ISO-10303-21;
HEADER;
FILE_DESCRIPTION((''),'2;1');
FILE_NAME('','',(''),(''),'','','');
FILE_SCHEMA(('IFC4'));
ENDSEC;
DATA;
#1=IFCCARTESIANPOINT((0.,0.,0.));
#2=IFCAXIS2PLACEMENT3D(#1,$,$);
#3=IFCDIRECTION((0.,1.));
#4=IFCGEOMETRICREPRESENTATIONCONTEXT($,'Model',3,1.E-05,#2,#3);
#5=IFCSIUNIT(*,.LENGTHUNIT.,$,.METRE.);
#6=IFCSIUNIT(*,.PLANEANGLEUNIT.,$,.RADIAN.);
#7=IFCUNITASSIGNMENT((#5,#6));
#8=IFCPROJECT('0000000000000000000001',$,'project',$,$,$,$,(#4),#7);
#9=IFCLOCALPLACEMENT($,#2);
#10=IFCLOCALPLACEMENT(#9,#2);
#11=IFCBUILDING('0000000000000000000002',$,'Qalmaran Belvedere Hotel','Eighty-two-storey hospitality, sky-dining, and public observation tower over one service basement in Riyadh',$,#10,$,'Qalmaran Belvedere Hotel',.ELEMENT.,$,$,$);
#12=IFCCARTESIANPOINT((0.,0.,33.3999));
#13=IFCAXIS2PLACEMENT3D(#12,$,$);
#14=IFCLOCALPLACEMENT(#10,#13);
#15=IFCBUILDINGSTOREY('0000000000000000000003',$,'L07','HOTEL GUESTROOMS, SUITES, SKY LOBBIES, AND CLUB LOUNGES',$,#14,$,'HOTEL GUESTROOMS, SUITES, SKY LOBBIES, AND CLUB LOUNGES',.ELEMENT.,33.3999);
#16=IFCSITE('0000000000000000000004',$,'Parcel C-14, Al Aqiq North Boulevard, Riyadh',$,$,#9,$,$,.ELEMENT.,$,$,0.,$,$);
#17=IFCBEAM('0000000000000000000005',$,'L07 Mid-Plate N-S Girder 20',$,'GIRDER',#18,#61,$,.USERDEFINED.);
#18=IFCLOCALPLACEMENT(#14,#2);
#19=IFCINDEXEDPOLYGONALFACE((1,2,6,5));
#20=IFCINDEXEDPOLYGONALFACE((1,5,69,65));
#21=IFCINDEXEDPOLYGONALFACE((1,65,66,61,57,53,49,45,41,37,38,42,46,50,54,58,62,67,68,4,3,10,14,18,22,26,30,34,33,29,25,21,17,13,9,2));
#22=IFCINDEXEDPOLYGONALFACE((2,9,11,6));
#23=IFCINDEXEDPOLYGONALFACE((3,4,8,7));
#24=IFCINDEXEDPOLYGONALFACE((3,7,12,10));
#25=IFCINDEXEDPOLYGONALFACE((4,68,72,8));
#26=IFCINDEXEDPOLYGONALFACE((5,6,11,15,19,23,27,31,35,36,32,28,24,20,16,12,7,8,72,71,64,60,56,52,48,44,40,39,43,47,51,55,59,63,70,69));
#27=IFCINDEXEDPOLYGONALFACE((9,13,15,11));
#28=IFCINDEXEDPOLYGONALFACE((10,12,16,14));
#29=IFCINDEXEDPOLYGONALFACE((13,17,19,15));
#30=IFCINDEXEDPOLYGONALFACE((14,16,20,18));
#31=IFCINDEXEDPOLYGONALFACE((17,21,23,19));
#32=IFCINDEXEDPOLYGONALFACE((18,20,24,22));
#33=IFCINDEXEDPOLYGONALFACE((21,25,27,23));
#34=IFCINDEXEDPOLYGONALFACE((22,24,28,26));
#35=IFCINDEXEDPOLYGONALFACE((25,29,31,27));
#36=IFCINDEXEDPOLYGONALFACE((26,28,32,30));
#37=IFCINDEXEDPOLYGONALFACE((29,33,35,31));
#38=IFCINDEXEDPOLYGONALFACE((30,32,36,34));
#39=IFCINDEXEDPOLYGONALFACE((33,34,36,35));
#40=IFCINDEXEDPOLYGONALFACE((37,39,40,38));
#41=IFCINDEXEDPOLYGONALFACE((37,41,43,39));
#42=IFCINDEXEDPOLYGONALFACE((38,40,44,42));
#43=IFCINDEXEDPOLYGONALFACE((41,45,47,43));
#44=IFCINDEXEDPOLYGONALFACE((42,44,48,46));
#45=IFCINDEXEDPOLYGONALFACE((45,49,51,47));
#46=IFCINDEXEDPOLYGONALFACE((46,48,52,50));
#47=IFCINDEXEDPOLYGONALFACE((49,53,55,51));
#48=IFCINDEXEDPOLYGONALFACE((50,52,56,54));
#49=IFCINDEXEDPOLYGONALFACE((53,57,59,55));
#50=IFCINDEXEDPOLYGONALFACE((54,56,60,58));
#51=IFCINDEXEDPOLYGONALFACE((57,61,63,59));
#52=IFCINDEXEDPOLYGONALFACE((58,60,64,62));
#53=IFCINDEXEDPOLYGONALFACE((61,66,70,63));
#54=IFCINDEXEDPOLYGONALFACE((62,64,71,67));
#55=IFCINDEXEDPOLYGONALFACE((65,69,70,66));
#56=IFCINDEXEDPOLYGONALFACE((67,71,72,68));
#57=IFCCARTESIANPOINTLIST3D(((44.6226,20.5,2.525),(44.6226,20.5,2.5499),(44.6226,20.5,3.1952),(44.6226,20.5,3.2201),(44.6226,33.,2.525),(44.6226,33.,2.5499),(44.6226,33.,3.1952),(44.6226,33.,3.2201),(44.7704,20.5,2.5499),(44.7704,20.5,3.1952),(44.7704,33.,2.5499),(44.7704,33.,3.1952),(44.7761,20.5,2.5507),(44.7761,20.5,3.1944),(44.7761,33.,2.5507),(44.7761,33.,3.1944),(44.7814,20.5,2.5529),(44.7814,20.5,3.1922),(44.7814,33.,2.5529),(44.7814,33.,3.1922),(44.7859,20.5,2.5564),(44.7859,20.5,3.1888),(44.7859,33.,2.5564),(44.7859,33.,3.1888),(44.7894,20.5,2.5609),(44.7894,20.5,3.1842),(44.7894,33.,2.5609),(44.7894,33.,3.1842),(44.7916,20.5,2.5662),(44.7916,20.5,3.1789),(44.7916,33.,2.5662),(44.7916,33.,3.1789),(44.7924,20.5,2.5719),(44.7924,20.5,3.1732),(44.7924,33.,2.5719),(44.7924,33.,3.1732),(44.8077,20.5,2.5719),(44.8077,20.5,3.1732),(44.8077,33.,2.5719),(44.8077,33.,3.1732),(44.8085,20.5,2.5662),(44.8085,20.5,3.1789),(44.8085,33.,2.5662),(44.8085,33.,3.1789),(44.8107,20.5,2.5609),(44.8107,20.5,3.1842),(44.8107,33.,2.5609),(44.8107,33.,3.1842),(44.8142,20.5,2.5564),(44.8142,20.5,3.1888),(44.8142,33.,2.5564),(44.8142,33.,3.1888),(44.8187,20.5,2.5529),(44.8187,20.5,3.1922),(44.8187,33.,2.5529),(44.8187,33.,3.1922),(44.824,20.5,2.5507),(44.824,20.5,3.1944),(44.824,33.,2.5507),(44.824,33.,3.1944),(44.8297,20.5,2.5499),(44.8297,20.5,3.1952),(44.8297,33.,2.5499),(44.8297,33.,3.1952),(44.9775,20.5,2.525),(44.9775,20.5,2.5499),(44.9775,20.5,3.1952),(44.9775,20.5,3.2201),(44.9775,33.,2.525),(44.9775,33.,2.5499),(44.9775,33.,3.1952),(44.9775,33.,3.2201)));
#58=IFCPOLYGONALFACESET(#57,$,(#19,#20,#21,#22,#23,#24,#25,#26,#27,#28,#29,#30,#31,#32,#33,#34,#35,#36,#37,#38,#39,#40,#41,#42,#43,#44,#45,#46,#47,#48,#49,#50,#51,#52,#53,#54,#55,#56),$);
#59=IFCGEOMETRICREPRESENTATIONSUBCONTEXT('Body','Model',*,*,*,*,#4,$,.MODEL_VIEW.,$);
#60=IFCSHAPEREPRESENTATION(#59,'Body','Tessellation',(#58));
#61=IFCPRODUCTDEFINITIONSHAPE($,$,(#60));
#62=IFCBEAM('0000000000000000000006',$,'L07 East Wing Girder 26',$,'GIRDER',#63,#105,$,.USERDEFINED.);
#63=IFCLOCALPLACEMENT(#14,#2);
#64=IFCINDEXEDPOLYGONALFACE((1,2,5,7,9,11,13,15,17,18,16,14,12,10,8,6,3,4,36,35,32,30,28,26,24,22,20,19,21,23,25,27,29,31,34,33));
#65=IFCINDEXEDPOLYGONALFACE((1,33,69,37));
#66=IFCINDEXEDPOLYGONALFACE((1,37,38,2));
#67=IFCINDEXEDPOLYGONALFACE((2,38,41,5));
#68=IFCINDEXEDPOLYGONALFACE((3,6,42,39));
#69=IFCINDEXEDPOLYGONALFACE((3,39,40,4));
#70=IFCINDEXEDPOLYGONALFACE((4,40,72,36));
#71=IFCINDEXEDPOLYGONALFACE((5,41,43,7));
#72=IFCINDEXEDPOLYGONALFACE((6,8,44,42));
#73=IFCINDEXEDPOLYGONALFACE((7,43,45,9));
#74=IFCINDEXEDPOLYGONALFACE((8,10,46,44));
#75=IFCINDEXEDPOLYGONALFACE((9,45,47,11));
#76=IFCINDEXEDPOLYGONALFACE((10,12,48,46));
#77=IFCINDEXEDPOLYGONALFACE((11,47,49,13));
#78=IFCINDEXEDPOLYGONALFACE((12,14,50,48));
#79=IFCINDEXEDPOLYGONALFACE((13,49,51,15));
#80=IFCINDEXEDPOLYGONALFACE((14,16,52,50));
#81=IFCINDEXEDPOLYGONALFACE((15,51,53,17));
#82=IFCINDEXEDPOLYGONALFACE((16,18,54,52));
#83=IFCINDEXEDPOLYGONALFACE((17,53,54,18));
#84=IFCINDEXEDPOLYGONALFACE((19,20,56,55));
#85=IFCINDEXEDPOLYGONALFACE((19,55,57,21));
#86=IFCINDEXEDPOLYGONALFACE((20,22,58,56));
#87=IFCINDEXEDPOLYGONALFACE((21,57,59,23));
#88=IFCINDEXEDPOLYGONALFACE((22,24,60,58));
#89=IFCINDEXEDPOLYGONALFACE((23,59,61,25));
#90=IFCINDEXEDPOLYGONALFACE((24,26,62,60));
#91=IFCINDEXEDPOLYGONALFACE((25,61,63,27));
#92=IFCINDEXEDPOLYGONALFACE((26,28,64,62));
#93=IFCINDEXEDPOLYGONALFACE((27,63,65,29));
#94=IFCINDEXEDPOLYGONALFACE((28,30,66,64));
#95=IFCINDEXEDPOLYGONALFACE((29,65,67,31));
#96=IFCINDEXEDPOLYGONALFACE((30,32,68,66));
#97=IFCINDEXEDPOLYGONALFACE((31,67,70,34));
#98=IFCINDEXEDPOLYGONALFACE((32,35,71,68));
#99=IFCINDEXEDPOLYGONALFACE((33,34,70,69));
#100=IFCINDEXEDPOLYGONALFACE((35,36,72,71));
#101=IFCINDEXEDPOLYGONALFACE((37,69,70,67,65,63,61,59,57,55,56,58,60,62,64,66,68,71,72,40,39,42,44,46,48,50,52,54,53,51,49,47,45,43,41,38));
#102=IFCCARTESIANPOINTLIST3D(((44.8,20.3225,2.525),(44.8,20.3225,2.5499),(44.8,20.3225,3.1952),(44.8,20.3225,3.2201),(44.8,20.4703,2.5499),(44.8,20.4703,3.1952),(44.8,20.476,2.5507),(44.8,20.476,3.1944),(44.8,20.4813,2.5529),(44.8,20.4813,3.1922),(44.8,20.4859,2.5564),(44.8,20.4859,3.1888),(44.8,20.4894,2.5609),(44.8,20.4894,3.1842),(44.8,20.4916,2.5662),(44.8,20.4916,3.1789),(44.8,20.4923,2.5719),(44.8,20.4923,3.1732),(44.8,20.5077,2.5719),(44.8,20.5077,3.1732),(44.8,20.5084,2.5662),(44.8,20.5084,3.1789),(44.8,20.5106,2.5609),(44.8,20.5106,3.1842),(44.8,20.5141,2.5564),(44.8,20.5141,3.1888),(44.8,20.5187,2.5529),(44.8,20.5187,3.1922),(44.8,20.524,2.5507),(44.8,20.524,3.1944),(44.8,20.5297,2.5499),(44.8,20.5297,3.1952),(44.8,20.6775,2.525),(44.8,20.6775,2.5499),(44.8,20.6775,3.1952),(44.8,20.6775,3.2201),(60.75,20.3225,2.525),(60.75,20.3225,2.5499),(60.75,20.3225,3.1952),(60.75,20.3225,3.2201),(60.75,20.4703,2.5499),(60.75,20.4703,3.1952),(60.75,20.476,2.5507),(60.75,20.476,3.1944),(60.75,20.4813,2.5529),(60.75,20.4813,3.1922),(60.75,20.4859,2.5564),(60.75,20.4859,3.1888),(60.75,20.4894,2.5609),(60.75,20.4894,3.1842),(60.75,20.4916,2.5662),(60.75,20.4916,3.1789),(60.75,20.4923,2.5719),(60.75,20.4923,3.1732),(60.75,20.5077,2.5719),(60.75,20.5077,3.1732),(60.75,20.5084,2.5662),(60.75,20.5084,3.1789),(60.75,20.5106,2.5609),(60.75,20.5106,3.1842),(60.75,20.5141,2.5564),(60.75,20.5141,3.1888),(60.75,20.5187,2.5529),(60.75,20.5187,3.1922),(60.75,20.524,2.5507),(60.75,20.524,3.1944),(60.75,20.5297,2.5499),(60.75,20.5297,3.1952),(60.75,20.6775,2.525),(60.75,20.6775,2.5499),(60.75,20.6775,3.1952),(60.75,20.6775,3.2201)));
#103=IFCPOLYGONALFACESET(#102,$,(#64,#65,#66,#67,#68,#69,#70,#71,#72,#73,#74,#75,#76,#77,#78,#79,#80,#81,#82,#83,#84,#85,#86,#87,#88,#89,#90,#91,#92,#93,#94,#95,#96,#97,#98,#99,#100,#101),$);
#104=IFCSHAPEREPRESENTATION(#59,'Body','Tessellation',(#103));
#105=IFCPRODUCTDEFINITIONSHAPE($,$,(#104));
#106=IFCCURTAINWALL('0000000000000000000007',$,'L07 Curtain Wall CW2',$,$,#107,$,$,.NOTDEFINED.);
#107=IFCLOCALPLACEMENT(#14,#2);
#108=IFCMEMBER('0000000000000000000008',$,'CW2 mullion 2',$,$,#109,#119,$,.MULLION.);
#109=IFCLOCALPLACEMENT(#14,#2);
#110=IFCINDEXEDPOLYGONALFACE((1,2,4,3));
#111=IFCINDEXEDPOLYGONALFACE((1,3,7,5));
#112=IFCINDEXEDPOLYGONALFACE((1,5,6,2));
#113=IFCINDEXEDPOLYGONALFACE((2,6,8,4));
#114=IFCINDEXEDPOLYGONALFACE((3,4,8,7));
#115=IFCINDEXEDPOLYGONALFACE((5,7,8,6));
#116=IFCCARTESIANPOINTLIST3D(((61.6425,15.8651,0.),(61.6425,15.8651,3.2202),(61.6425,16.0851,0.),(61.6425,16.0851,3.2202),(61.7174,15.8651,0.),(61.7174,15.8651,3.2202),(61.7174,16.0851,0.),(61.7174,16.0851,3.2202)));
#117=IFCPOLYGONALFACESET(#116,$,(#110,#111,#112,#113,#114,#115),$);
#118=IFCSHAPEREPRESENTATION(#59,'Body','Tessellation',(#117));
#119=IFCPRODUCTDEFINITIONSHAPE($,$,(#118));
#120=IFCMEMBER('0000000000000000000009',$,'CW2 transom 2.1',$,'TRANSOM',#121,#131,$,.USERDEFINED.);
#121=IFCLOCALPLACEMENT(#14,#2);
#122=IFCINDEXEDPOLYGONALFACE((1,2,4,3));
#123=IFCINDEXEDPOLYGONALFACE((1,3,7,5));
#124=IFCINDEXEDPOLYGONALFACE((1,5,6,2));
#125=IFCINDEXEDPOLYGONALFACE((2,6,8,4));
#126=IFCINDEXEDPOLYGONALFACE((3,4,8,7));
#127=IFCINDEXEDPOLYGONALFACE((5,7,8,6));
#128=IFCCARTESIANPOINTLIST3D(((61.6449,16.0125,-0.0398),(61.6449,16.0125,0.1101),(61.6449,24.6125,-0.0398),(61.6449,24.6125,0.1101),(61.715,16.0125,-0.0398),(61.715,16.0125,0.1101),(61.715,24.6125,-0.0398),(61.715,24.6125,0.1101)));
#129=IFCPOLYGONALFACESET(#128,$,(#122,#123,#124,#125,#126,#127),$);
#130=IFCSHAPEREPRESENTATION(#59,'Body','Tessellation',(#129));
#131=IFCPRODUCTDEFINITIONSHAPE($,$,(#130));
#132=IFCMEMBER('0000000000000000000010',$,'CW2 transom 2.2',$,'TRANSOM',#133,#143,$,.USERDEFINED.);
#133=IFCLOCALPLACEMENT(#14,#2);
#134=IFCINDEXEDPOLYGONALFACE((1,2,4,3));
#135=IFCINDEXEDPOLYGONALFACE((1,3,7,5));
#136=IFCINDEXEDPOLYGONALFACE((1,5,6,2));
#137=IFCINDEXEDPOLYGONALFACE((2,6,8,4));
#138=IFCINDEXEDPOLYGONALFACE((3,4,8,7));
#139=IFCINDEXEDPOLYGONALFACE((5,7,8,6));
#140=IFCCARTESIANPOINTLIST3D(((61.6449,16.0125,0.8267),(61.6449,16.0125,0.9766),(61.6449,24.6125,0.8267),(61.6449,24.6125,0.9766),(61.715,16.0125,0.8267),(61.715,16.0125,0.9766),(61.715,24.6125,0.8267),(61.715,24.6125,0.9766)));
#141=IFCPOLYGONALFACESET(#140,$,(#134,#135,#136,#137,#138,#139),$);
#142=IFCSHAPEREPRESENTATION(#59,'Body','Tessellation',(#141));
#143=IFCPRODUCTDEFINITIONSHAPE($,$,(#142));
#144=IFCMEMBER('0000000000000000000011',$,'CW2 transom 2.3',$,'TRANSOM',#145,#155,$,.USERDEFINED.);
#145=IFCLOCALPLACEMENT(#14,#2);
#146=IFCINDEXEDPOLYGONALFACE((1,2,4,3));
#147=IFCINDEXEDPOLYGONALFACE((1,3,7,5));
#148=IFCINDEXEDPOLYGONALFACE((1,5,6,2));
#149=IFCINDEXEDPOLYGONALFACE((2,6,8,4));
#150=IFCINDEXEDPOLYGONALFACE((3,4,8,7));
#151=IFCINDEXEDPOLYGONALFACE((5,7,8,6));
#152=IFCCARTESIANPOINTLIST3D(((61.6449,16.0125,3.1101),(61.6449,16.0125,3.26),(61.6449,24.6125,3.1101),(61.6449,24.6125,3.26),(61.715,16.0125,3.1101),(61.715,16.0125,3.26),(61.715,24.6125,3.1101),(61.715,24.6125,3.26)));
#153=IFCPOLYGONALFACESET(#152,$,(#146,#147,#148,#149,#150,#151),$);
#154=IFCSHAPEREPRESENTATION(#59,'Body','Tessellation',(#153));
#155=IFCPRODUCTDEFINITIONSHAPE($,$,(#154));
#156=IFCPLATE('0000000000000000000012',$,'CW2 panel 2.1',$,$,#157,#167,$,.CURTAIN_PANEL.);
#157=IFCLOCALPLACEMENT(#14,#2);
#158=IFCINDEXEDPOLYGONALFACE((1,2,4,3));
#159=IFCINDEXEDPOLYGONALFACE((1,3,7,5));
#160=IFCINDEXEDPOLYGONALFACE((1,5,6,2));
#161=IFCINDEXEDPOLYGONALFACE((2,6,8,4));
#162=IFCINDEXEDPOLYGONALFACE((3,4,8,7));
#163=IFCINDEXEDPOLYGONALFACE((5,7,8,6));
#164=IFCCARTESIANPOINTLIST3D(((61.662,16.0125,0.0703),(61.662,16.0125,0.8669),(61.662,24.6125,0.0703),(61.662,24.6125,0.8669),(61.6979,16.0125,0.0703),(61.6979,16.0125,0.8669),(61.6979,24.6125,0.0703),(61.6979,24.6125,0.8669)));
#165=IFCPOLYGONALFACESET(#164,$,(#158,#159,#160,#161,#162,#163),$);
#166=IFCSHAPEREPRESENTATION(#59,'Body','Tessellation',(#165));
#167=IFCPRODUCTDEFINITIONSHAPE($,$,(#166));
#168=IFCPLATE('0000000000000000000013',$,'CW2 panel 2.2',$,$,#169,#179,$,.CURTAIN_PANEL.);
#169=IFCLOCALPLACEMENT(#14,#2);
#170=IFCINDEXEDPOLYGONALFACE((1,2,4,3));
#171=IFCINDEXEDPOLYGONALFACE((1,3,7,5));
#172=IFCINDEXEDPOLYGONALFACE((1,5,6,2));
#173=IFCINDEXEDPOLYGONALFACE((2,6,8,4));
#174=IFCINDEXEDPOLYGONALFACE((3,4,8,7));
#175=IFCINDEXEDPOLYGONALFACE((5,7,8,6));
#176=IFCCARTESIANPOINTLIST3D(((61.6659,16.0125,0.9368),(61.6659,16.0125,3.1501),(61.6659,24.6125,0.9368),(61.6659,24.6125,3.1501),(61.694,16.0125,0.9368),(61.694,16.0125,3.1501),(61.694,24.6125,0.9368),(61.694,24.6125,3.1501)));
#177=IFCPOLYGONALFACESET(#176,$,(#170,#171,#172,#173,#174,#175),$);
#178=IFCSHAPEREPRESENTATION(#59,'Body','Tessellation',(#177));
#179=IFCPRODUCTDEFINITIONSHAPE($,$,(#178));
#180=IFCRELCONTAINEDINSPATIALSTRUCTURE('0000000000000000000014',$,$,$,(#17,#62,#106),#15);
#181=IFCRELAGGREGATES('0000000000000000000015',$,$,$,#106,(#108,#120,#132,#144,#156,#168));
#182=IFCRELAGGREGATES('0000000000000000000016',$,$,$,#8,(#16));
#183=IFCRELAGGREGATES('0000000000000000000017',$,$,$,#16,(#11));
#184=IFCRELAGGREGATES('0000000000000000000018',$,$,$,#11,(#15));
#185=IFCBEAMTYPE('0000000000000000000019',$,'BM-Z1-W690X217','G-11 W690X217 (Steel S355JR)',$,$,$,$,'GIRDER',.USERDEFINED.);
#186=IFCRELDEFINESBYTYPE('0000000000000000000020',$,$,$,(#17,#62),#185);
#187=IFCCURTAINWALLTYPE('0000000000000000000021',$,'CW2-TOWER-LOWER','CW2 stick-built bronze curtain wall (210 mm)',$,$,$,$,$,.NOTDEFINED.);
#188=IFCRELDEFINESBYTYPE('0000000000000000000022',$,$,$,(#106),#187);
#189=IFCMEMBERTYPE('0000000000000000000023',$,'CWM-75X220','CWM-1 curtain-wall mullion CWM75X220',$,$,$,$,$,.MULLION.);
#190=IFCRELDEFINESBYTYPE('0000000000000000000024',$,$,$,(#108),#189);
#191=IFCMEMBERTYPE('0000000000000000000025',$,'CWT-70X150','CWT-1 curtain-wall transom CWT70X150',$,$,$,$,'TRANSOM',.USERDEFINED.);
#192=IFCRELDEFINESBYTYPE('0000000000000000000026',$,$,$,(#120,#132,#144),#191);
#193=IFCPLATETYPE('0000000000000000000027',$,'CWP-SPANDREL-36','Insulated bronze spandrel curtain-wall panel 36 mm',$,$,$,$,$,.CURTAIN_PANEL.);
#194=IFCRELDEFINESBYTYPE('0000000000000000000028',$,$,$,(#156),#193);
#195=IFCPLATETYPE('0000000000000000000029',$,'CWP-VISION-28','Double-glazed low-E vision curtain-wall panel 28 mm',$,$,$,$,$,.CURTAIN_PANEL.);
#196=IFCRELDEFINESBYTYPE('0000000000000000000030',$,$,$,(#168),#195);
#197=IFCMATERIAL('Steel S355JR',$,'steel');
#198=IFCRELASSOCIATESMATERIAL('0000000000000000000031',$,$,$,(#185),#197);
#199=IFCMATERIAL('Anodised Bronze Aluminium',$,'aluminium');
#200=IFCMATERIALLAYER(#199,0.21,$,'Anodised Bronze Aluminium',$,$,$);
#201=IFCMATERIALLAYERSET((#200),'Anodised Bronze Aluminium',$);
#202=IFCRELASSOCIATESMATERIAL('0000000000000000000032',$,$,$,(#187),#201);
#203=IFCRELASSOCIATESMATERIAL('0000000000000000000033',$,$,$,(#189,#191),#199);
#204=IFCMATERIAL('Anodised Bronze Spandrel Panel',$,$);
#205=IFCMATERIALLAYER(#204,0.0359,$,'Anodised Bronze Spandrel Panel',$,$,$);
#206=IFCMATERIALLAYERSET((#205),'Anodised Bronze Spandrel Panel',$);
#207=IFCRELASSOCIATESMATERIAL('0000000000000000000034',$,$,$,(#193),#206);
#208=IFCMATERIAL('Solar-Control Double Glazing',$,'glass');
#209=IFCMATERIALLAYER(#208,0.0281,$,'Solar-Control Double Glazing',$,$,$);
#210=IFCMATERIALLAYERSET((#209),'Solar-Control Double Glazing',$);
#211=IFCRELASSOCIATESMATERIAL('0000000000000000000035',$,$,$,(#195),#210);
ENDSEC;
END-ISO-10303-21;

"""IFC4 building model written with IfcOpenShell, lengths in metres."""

from ifc_helpers import new_model, si_unit, direction, frame, origin, origin_2d, place, context, subcontext, project, spatial, rectangle, i_section, extrude, material, layer, layer_set, material_profile, profile_set, type_object, element, aggregate, save


model = new_model("IFC4")

# Units and contexts
model_context = context("Model", 3, precision=1e-05, world=origin(), true_north=direction((0.0, 1.0)))
body_context = subcontext(model_context, "Body", "Model", "MODEL_VIEW")
ifc_project = project(units=[si_unit("LENGTHUNIT", "METRE"), si_unit("PLANEANGLEUNIT", "RADIAN")], contexts=[model_context])

# Site, building, storey
site_placement = place(None, origin())
site = spatial("IfcSite", under=ifc_project, at=site_placement, Name="Parcel C-14, Al Aqiq North Boulevard, Riyadh", CompositionType="ELEMENT", RefElevation=0.0)
building_placement = place(site_placement, origin())
building = spatial("IfcBuilding", under=site, at=building_placement, Name="Qalmaran Belvedere Hotel", Description="Eighty-two-storey hospitality, sky-dining, and public observation tower over one service basement in Riyadh", LongName="Qalmaran Belvedere Hotel", CompositionType="ELEMENT")
storey_placement = place(building_placement, frame((0.0, 0.0, 33.3999)))
storey = spatial("IfcBuildingStorey", under=building, at=storey_placement, Name="L07", Description="HOTEL GUESTROOMS, SUITES, SKY LOBBIES, AND CLUB LOUNGES", LongName="HOTEL GUESTROOMS, SUITES, SKY LOBBIES, AND CLUB LOUNGES", CompositionType="ELEMENT", Elevation=33.3999)

# Beams
ifc_material_1 = material(Name="Steel S355JR", Category="steel")
ifc_material_profile_1 = material_profile(ifc_material_1, i_section(OverallWidth=0.355, OverallDepth=0.6951, WebThickness=0.0154, FlangeThickness=0.0249, FilletRadius=0.022, at=origin_2d()), Name="W690X217")
ifc_profile_set_1 = profile_set([ifc_material_profile_1], Name="Steel S355JR")
beam_type_1 = type_object("IfcBeamType", Name="BM-Z1-W690X217", Description="G-11 W690X217 (Steel S355JR)", ElementType="GIRDER", PredefinedType="USERDEFINED", material=ifc_profile_set_1)
beam_1_placement = place(storey_placement, frame((44.8, 20.5, 2.8726), z_axis=(0.0, 1.0, 0.0), x_axis=(-1.0, 0.0, 0.0)))
element("IfcBeam", 1, at=beam_1_placement, inside=storey, type_object=beam_type_1, Name="L07 Mid-Plate N-S Girder 20", ObjectType="GIRDER", PredefinedType="USERDEFINED", context=body_context, shape_type="SweptSolid", body=[
    extrude(i_section(OverallWidth=0.355, OverallDepth=0.6951, WebThickness=0.0154, FlangeThickness=0.0249, FilletRadius=0.022, at=origin_2d()), origin(), (0.0, 0.0, 1.0), 12.5),
])
beam_2_placement = place(storey_placement, frame((44.8, 20.5, 2.8726), z_axis=(1.0, 0.0, 0.0), x_axis=(0.0, 1.0, 0.0)))
element("IfcBeam", 2, at=beam_2_placement, inside=storey, type_object=beam_type_1, Name="L07 East Wing Girder 26", ObjectType="GIRDER", PredefinedType="USERDEFINED", context=body_context, shape_type="SweptSolid", body=[
    extrude(i_section(OverallWidth=0.355, OverallDepth=0.6951, WebThickness=0.0154, FlangeThickness=0.0249, FilletRadius=0.022, at=origin_2d()), origin(), (0.0, 0.0, 1.0), 15.95),
])

# Curtain wall, members, plates
ifc_material_2 = material(Name="Anodised Bronze Aluminium", Category="aluminium")
ifc_layer_1 = layer(ifc_material_2, 0.21, Name="Anodised Bronze Aluminium")
ifc_layer_set_1 = layer_set([ifc_layer_1], Name="Anodised Bronze Aluminium")
curtain_wall_type = type_object("IfcCurtainWallType", Name="CW2-TOWER-LOWER", Description="CW2 stick-built bronze curtain wall (210 mm)", PredefinedType="NOTDEFINED", material=ifc_layer_set_1)
curtain_wall_placement = place(storey_placement, origin())
curtain_wall = element("IfcCurtainWall", 3, at=curtain_wall_placement, inside=storey, type_object=curtain_wall_type, Name="L07 Curtain Wall CW2", PredefinedType="NOTDEFINED")
ifc_material_profile_2 = material_profile(ifc_material_2, rectangle(XDim=0.075, YDim=0.22, at=origin_2d()), Name="CWM75X220")
ifc_profile_set_2 = profile_set([ifc_material_profile_2], Name="Anodised Bronze Aluminium")
member_type_1 = type_object("IfcMemberType", Name="CWM-75X220", Description="CWM-1 curtain-wall mullion CWM75X220", PredefinedType="MULLION", material=ifc_profile_set_2)
member_1_placement = place(storey_placement, frame((61.6799, 15.9751, 0.0), z_axis=(0.0, 0.0, 1.0), x_axis=(-1.0, 0.0, 0.0)))
member_1 = element("IfcMember", 4, at=member_1_placement, type_object=member_type_1, Name="CW2 mullion 2", PredefinedType="MULLION", context=body_context, shape_type="SweptSolid", body=[
    extrude(rectangle(XDim=0.075, YDim=0.22, at=origin_2d()), origin(), (0.0, 0.0, 1.0), 3.2202),
])
ifc_material_profile_3 = material_profile(ifc_material_2, rectangle(XDim=0.0701, YDim=0.1499, at=origin_2d()), Name="CWT70X150")
ifc_profile_set_3 = profile_set([ifc_material_profile_3], Name="Anodised Bronze Aluminium")
member_type_2 = type_object("IfcMemberType", Name="CWT-70X150", Description="CWT-1 curtain-wall transom CWT70X150", ElementType="TRANSOM", PredefinedType="USERDEFINED", material=ifc_profile_set_3)
member_2_placement = place(storey_placement, frame((61.6799, 16.0125, 0.0352), z_axis=(0.0, 1.0, 0.0), x_axis=(-1.0, 0.0, 0.0)))
member_2 = element("IfcMember", 5, at=member_2_placement, type_object=member_type_2, Name="CW2 transom 2.1", ObjectType="TRANSOM", PredefinedType="USERDEFINED", context=body_context, shape_type="SweptSolid", body=[
    extrude(rectangle(XDim=0.0701, YDim=0.1499, at=origin_2d()), origin(), (0.0, 0.0, 1.0), 8.6001),
])
member_3_placement = place(storey_placement, frame((61.6799, 16.0125, 0.9016), z_axis=(0.0, 1.0, 0.0), x_axis=(-1.0, 0.0, 0.0)))
member_3 = element("IfcMember", 6, at=member_3_placement, type_object=member_type_2, Name="CW2 transom 2.2", ObjectType="TRANSOM", PredefinedType="USERDEFINED", context=body_context, shape_type="SweptSolid", body=[
    extrude(rectangle(XDim=0.0701, YDim=0.1499, at=origin_2d()), origin(), (0.0, 0.0, 1.0), 8.6001),
])
member_4_placement = place(storey_placement, frame((61.6799, 16.0125, 3.1851), z_axis=(0.0, 1.0, 0.0), x_axis=(-1.0, 0.0, 0.0)))
member_4 = element("IfcMember", 7, at=member_4_placement, type_object=member_type_2, Name="CW2 transom 2.3", ObjectType="TRANSOM", PredefinedType="USERDEFINED", context=body_context, shape_type="SweptSolid", body=[
    extrude(rectangle(XDim=0.0701, YDim=0.1499, at=origin_2d()), origin(), (0.0, 0.0, 1.0), 8.6001),
])
ifc_material_3 = material(Name="Anodised Bronze Spandrel Panel")
ifc_layer_2 = layer(ifc_material_3, 0.0359, Name="Anodised Bronze Spandrel Panel")
ifc_layer_set_2 = layer_set([ifc_layer_2], Name="Anodised Bronze Spandrel Panel")
plate_type_1 = type_object("IfcPlateType", Name="CWP-SPANDREL-36", Description="Insulated bronze spandrel curtain-wall panel 36 mm", PredefinedType="CURTAIN_PANEL", material=ifc_layer_set_2)
plate_1_placement = place(storey_placement, frame((61.6799, 20.3125, 0.0703), z_axis=(0.0, 0.0, 1.0), x_axis=(0.0, 1.0, 0.0)))
plate_1 = element("IfcPlate", 8, at=plate_1_placement, type_object=plate_type_1, Name="CW2 panel 2.1", PredefinedType="CURTAIN_PANEL", context=body_context, shape_type="SweptSolid", body=[
    extrude(rectangle(XDim=8.6001, YDim=0.0359, at=origin_2d()), origin(), (0.0, 0.0, 1.0), 0.7966),
])
ifc_material_4 = material(Name="Solar-Control Double Glazing", Category="glass")
ifc_layer_3 = layer(ifc_material_4, 0.0281, Name="Solar-Control Double Glazing")
ifc_layer_set_3 = layer_set([ifc_layer_3], Name="Solar-Control Double Glazing")
plate_type_2 = type_object("IfcPlateType", Name="CWP-VISION-28", Description="Double-glazed low-E vision curtain-wall panel 28 mm", PredefinedType="CURTAIN_PANEL", material=ifc_layer_set_3)
plate_2_placement = place(storey_placement, frame((61.6799, 20.3125, 0.9368), z_axis=(0.0, 0.0, 1.0), x_axis=(0.0, 1.0, 0.0)))
plate_2 = element("IfcPlate", 9, at=plate_2_placement, type_object=plate_type_2, Name="CW2 panel 2.2", PredefinedType="CURTAIN_PANEL", context=body_context, shape_type="SweptSolid", body=[
    extrude(rectangle(XDim=8.6001, YDim=0.0281, at=origin_2d()), origin(), (0.0, 0.0, 1.0), 2.2134),
])
aggregate(curtain_wall, [member_1, member_2, member_3, member_4, plate_1, plate_2])

save(model, "model.ifc")
